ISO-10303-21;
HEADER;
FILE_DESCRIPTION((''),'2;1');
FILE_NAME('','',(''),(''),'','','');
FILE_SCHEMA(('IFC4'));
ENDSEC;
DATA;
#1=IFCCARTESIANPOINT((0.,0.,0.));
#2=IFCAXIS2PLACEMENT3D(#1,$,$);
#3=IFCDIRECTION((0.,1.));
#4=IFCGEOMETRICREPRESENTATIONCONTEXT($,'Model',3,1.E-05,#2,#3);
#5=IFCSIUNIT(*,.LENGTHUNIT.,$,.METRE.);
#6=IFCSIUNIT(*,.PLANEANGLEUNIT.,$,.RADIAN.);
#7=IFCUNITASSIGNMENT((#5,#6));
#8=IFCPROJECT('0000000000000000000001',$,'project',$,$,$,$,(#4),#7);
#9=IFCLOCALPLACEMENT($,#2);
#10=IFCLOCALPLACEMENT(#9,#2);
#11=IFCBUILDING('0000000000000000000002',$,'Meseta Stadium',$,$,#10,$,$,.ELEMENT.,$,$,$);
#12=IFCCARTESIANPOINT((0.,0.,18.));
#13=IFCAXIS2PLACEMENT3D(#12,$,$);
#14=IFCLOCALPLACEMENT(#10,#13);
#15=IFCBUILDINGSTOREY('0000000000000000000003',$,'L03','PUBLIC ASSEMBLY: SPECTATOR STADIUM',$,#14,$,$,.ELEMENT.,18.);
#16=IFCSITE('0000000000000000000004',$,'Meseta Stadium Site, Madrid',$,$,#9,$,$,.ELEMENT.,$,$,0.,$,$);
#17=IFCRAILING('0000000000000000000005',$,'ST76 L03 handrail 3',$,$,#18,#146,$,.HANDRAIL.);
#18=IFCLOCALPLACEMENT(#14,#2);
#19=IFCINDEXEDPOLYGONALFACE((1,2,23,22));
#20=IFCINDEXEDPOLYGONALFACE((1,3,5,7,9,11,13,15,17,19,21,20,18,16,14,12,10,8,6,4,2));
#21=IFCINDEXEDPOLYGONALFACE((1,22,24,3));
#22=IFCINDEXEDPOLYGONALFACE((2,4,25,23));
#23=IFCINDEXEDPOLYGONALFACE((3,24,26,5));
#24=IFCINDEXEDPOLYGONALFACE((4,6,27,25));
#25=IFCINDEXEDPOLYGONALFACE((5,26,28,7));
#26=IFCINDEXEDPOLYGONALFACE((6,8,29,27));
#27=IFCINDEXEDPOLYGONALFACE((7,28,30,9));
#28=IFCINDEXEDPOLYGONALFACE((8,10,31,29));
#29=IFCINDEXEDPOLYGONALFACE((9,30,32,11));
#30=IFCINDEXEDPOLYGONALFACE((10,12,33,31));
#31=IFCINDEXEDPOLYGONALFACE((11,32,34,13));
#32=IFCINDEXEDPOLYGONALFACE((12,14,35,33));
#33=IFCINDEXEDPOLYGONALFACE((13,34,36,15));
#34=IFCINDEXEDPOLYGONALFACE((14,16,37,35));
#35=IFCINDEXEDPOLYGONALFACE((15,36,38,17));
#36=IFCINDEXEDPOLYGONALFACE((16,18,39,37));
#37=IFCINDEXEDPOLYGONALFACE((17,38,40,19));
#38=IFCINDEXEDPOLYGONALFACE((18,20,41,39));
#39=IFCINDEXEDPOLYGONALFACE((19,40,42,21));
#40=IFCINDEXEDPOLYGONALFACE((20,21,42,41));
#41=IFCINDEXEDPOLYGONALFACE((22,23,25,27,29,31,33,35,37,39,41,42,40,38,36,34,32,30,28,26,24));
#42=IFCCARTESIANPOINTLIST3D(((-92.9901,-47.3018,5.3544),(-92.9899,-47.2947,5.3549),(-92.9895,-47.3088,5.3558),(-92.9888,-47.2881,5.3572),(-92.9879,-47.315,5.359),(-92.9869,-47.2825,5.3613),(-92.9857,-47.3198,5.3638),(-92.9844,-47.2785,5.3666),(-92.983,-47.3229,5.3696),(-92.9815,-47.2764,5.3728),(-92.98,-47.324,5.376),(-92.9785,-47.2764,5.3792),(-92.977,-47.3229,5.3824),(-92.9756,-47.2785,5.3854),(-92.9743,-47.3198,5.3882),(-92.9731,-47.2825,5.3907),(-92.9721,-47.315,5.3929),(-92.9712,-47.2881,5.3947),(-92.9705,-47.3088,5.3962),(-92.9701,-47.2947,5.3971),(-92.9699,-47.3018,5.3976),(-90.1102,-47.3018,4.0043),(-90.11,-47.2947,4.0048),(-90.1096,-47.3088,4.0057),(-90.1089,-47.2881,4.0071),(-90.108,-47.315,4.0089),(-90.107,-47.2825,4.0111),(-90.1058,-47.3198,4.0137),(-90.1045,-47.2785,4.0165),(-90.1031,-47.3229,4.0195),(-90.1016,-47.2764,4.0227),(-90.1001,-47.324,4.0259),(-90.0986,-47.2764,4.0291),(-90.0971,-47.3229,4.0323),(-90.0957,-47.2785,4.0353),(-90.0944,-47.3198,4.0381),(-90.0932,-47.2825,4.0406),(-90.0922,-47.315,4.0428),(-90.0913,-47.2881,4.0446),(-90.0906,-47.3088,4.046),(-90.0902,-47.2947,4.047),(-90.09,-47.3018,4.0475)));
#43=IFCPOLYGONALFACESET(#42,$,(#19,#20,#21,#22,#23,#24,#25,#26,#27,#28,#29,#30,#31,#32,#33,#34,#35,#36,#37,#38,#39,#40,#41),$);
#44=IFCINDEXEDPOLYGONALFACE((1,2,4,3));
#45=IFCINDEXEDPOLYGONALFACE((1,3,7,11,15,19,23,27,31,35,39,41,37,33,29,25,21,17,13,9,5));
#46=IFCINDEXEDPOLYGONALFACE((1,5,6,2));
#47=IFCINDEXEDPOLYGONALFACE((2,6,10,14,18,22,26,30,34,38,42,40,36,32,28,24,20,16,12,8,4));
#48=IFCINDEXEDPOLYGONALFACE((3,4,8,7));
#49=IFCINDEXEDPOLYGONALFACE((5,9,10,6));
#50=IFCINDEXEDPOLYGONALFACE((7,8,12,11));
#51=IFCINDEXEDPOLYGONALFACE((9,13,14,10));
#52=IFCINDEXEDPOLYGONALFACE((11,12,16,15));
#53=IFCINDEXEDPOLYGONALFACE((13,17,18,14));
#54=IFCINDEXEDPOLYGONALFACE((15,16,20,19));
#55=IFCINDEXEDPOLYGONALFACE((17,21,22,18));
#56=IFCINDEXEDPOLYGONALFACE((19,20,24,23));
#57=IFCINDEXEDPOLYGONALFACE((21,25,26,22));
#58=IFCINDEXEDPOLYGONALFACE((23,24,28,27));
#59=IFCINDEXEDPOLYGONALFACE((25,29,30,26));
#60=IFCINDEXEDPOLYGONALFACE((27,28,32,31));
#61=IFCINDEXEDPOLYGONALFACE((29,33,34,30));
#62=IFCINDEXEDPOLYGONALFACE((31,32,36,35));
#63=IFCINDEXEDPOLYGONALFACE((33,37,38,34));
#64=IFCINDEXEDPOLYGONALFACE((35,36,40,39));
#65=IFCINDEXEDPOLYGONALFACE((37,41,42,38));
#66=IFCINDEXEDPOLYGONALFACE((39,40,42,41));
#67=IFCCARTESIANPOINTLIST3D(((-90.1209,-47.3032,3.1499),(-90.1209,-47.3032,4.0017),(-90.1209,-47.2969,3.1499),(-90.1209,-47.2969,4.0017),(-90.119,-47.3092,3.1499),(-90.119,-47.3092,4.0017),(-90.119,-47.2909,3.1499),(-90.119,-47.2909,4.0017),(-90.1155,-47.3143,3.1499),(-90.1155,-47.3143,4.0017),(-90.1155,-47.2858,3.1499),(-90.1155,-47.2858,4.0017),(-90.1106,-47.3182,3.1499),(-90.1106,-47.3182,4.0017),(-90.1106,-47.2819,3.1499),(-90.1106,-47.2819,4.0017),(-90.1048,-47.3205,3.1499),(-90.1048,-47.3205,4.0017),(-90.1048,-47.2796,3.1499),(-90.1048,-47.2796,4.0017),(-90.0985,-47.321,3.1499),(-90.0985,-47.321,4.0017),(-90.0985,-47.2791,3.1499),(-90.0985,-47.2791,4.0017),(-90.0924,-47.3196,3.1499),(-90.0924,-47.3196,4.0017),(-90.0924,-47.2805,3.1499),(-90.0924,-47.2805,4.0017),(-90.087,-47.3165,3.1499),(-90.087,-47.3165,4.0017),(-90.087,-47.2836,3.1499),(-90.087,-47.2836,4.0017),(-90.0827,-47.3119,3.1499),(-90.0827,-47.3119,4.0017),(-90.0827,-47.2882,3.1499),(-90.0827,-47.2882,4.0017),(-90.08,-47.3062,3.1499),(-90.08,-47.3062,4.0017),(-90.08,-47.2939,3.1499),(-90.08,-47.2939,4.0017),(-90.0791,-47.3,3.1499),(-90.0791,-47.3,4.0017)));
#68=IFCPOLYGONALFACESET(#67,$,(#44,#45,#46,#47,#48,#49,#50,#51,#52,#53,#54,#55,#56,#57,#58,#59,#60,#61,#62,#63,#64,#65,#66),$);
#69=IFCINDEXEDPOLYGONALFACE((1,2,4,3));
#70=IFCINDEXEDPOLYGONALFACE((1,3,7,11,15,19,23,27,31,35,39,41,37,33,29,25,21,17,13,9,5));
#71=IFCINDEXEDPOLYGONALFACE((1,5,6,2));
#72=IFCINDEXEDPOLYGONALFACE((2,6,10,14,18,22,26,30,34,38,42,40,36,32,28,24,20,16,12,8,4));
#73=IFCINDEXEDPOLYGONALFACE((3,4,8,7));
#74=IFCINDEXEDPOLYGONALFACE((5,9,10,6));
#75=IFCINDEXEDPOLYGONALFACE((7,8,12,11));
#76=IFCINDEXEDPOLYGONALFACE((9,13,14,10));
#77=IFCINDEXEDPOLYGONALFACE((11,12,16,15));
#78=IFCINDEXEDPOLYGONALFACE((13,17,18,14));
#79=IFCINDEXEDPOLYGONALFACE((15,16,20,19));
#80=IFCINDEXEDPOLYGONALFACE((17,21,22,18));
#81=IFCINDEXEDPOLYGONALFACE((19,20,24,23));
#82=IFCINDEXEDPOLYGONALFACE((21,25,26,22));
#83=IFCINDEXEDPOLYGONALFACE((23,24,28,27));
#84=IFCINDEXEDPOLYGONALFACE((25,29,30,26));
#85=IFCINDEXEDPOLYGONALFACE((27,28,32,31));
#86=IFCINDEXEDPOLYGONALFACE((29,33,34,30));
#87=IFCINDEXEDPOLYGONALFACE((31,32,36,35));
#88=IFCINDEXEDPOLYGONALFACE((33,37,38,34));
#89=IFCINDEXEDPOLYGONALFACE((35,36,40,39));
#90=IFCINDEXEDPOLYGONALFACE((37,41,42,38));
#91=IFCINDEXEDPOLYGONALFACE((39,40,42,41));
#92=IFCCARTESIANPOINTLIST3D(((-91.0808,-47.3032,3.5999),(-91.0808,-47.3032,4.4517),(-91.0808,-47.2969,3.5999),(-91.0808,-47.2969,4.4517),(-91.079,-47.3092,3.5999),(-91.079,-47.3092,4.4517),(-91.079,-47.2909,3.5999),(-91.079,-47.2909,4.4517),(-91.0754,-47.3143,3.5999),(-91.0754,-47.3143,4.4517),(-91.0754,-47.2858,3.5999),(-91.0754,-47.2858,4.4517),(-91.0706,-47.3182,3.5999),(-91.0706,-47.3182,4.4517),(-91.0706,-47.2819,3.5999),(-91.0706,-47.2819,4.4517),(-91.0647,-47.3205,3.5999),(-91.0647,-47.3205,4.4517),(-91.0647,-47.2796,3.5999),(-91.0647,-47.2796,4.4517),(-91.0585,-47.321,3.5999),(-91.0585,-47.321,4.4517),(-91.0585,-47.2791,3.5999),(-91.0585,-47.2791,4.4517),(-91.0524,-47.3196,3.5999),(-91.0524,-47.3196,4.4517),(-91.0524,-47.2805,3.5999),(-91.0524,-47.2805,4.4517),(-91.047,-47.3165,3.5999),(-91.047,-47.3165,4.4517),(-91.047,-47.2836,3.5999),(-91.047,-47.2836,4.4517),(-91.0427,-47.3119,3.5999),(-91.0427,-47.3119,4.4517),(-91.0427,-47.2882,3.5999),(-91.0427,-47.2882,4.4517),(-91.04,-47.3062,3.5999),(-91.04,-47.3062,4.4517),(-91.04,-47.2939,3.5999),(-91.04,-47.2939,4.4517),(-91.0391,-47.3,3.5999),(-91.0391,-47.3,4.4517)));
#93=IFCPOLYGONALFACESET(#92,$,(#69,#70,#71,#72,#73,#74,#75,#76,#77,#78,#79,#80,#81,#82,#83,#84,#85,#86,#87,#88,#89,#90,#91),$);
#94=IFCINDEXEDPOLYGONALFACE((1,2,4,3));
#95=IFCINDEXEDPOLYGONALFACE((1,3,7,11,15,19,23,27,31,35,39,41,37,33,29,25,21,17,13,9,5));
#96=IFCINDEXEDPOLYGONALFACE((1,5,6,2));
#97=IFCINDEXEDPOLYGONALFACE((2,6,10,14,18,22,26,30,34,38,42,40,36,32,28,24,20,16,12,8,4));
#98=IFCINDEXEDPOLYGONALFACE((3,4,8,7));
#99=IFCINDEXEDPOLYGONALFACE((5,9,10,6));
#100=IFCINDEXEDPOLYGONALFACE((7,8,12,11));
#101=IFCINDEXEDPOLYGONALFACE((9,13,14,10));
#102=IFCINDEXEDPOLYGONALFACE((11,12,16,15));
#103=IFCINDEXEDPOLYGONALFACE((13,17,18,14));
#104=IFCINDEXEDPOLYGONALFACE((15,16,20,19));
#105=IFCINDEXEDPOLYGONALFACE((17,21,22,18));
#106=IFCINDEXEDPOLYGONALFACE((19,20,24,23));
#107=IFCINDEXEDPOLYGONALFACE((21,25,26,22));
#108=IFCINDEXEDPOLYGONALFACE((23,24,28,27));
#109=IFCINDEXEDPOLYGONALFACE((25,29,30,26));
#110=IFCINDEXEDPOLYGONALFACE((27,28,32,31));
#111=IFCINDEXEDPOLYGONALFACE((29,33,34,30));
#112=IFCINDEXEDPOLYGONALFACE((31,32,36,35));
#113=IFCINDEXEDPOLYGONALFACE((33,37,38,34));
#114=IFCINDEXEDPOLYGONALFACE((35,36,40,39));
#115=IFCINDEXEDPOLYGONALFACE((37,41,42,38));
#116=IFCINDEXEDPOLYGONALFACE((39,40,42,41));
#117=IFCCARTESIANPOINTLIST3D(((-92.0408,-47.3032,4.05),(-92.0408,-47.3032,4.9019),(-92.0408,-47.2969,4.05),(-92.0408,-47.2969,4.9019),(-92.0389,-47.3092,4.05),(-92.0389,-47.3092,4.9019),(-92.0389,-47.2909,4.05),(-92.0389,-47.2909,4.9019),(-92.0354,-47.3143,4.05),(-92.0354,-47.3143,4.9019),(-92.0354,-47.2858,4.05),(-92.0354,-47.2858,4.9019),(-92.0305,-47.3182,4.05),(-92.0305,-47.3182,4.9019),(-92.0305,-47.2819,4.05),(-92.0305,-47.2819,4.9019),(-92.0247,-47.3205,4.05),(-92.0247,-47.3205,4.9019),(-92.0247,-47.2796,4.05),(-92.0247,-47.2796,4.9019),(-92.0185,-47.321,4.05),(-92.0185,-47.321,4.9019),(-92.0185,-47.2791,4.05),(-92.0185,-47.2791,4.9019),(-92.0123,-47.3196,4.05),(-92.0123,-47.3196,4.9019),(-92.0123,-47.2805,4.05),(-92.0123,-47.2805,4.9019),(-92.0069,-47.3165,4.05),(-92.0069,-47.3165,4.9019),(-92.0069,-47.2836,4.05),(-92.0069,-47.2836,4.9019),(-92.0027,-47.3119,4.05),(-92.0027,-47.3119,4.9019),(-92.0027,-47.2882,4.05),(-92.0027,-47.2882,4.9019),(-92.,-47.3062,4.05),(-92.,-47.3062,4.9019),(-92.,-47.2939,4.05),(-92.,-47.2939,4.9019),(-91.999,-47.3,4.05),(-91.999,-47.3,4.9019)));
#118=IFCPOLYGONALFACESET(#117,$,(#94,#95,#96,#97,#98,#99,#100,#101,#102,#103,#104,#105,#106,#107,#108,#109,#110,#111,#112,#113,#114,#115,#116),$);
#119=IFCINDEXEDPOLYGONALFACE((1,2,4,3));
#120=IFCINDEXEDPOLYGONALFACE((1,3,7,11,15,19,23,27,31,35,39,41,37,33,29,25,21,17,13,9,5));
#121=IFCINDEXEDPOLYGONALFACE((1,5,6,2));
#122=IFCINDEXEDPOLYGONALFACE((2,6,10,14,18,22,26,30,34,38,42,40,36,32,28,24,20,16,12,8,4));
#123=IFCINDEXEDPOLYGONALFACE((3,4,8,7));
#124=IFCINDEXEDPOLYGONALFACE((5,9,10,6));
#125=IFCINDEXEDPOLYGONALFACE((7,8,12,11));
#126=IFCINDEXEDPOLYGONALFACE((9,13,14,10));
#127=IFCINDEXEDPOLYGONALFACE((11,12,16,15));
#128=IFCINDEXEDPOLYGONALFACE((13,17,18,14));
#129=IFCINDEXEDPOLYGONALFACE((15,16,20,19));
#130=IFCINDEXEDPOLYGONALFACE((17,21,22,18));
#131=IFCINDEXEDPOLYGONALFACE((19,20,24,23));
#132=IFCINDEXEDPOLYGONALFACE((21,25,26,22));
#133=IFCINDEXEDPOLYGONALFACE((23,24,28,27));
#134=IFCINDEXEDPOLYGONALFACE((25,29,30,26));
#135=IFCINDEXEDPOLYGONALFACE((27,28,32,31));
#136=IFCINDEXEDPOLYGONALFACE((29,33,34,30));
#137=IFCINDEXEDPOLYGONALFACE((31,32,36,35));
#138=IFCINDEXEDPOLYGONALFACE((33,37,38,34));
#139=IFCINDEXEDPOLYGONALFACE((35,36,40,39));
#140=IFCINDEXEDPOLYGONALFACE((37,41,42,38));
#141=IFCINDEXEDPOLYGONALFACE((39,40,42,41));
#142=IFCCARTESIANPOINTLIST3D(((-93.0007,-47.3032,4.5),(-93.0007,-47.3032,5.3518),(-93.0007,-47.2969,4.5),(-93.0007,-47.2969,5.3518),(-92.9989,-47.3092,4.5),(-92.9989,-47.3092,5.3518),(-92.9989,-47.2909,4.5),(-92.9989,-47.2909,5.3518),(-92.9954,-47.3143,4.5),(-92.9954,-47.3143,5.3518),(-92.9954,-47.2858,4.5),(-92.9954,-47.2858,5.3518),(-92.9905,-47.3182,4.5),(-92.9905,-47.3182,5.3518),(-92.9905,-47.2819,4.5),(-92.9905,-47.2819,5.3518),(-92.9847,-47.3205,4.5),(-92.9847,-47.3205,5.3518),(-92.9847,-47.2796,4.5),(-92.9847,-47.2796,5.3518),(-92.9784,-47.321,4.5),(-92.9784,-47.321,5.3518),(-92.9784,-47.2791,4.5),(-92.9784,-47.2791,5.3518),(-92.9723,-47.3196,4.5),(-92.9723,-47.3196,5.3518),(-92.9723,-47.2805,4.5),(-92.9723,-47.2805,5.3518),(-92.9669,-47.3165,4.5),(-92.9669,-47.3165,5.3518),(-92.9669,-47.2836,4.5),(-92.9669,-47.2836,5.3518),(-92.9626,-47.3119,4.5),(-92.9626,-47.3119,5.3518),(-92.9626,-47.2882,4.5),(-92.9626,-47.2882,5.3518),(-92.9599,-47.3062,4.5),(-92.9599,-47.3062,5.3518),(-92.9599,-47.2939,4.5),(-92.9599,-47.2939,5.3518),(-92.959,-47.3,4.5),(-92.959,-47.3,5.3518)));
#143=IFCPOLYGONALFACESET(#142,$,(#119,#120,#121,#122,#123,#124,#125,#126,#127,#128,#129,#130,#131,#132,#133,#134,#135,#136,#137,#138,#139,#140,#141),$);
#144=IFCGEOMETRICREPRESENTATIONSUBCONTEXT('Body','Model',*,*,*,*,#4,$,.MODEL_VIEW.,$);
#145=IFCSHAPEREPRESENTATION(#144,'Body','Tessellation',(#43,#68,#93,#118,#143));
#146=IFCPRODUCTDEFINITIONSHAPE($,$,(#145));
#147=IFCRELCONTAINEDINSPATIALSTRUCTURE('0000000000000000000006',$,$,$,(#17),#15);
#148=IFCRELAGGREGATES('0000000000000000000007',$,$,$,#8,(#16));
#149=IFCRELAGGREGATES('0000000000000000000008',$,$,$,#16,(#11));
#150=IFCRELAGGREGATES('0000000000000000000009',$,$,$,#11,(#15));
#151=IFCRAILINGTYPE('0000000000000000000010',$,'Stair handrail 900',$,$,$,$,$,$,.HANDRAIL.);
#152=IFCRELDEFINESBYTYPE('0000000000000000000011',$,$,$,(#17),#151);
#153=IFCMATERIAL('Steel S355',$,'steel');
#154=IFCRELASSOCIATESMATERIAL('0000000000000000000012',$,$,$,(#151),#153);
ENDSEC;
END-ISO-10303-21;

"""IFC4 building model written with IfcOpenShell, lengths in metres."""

from ifc_helpers import new_model, si_unit, direction, frame, origin, origin_2d, place, context, subcontext, project, spatial, circle, extrude, material, type_object, element, save


model = new_model("IFC4")

# Units and contexts
model_context = context("Model", 3, precision=1e-05, world=origin(), true_north=direction((0.0, 1.0)))
body_context = subcontext(model_context, "Body", "Model", "MODEL_VIEW")
ifc_project = project(units=[si_unit("LENGTHUNIT", "METRE"), si_unit("PLANEANGLEUNIT", "RADIAN")], contexts=[model_context])

# Site, building, storey
site_placement = place(None, origin())
site = spatial("IfcSite", under=ifc_project, at=site_placement, Name="Meseta Stadium Site, Madrid", CompositionType="ELEMENT", RefElevation=0.0)
building_placement = place(site_placement, origin())
building = spatial("IfcBuilding", under=site, at=building_placement, Name="Meseta Stadium", CompositionType="ELEMENT")
storey_placement = place(building_placement, frame((0.0, 0.0, 18.0)))
storey = spatial("IfcBuildingStorey", under=building, at=storey_placement, Name="L03", Description="PUBLIC ASSEMBLY: SPECTATOR STADIUM", CompositionType="ELEMENT", Elevation=18.0)

# Railing
ifc_material_1 = material(Name="Steel S355", Category="steel")
railing_type_1 = type_object("IfcRailingType", Name="Stair handrail 900", PredefinedType="HANDRAIL", material=ifc_material_1)
for number, where, name in (
    (1, (-90.1001, -47.3, 3.1499), "ST76 L03 handrail 3"),
):
    element("IfcRailing", number, at=place(storey_placement, frame(where)), inside=storey, type_object=railing_type_1, Name=name, PredefinedType="HANDRAIL", context=body_context, shape_type="SweptSolid", body=[
        extrude(circle(Radius=0.0239, at=origin_2d()), frame((0.0, 0.0, 0.876), z_axis=(-0.90544, 0.0, 0.424473), x_axis=(0.0, -1.0, 0.0)), (0.0, 0.0, 1.0), 3.1807),
        extrude(circle(Radius=0.021, at=origin_2d()), origin(), (0.0, 0.0, 1.0), 0.8518),
        extrude(circle(Radius=0.021, at=origin_2d()), frame((-0.96, 0.0, 0.45)), (0.0, 0.0, 1.0), 0.8518),
        extrude(circle(Radius=0.021, at=origin_2d()), frame((-1.9199, 0.0, 0.9001)), (0.0, 0.0, 1.0), 0.8518),
        extrude(circle(Radius=0.021, at=origin_2d()), frame((-2.8799, 0.0, 1.3501)), (0.0, 0.0, 1.0), 0.8518),
    ])

save(model, "model.ifc")
